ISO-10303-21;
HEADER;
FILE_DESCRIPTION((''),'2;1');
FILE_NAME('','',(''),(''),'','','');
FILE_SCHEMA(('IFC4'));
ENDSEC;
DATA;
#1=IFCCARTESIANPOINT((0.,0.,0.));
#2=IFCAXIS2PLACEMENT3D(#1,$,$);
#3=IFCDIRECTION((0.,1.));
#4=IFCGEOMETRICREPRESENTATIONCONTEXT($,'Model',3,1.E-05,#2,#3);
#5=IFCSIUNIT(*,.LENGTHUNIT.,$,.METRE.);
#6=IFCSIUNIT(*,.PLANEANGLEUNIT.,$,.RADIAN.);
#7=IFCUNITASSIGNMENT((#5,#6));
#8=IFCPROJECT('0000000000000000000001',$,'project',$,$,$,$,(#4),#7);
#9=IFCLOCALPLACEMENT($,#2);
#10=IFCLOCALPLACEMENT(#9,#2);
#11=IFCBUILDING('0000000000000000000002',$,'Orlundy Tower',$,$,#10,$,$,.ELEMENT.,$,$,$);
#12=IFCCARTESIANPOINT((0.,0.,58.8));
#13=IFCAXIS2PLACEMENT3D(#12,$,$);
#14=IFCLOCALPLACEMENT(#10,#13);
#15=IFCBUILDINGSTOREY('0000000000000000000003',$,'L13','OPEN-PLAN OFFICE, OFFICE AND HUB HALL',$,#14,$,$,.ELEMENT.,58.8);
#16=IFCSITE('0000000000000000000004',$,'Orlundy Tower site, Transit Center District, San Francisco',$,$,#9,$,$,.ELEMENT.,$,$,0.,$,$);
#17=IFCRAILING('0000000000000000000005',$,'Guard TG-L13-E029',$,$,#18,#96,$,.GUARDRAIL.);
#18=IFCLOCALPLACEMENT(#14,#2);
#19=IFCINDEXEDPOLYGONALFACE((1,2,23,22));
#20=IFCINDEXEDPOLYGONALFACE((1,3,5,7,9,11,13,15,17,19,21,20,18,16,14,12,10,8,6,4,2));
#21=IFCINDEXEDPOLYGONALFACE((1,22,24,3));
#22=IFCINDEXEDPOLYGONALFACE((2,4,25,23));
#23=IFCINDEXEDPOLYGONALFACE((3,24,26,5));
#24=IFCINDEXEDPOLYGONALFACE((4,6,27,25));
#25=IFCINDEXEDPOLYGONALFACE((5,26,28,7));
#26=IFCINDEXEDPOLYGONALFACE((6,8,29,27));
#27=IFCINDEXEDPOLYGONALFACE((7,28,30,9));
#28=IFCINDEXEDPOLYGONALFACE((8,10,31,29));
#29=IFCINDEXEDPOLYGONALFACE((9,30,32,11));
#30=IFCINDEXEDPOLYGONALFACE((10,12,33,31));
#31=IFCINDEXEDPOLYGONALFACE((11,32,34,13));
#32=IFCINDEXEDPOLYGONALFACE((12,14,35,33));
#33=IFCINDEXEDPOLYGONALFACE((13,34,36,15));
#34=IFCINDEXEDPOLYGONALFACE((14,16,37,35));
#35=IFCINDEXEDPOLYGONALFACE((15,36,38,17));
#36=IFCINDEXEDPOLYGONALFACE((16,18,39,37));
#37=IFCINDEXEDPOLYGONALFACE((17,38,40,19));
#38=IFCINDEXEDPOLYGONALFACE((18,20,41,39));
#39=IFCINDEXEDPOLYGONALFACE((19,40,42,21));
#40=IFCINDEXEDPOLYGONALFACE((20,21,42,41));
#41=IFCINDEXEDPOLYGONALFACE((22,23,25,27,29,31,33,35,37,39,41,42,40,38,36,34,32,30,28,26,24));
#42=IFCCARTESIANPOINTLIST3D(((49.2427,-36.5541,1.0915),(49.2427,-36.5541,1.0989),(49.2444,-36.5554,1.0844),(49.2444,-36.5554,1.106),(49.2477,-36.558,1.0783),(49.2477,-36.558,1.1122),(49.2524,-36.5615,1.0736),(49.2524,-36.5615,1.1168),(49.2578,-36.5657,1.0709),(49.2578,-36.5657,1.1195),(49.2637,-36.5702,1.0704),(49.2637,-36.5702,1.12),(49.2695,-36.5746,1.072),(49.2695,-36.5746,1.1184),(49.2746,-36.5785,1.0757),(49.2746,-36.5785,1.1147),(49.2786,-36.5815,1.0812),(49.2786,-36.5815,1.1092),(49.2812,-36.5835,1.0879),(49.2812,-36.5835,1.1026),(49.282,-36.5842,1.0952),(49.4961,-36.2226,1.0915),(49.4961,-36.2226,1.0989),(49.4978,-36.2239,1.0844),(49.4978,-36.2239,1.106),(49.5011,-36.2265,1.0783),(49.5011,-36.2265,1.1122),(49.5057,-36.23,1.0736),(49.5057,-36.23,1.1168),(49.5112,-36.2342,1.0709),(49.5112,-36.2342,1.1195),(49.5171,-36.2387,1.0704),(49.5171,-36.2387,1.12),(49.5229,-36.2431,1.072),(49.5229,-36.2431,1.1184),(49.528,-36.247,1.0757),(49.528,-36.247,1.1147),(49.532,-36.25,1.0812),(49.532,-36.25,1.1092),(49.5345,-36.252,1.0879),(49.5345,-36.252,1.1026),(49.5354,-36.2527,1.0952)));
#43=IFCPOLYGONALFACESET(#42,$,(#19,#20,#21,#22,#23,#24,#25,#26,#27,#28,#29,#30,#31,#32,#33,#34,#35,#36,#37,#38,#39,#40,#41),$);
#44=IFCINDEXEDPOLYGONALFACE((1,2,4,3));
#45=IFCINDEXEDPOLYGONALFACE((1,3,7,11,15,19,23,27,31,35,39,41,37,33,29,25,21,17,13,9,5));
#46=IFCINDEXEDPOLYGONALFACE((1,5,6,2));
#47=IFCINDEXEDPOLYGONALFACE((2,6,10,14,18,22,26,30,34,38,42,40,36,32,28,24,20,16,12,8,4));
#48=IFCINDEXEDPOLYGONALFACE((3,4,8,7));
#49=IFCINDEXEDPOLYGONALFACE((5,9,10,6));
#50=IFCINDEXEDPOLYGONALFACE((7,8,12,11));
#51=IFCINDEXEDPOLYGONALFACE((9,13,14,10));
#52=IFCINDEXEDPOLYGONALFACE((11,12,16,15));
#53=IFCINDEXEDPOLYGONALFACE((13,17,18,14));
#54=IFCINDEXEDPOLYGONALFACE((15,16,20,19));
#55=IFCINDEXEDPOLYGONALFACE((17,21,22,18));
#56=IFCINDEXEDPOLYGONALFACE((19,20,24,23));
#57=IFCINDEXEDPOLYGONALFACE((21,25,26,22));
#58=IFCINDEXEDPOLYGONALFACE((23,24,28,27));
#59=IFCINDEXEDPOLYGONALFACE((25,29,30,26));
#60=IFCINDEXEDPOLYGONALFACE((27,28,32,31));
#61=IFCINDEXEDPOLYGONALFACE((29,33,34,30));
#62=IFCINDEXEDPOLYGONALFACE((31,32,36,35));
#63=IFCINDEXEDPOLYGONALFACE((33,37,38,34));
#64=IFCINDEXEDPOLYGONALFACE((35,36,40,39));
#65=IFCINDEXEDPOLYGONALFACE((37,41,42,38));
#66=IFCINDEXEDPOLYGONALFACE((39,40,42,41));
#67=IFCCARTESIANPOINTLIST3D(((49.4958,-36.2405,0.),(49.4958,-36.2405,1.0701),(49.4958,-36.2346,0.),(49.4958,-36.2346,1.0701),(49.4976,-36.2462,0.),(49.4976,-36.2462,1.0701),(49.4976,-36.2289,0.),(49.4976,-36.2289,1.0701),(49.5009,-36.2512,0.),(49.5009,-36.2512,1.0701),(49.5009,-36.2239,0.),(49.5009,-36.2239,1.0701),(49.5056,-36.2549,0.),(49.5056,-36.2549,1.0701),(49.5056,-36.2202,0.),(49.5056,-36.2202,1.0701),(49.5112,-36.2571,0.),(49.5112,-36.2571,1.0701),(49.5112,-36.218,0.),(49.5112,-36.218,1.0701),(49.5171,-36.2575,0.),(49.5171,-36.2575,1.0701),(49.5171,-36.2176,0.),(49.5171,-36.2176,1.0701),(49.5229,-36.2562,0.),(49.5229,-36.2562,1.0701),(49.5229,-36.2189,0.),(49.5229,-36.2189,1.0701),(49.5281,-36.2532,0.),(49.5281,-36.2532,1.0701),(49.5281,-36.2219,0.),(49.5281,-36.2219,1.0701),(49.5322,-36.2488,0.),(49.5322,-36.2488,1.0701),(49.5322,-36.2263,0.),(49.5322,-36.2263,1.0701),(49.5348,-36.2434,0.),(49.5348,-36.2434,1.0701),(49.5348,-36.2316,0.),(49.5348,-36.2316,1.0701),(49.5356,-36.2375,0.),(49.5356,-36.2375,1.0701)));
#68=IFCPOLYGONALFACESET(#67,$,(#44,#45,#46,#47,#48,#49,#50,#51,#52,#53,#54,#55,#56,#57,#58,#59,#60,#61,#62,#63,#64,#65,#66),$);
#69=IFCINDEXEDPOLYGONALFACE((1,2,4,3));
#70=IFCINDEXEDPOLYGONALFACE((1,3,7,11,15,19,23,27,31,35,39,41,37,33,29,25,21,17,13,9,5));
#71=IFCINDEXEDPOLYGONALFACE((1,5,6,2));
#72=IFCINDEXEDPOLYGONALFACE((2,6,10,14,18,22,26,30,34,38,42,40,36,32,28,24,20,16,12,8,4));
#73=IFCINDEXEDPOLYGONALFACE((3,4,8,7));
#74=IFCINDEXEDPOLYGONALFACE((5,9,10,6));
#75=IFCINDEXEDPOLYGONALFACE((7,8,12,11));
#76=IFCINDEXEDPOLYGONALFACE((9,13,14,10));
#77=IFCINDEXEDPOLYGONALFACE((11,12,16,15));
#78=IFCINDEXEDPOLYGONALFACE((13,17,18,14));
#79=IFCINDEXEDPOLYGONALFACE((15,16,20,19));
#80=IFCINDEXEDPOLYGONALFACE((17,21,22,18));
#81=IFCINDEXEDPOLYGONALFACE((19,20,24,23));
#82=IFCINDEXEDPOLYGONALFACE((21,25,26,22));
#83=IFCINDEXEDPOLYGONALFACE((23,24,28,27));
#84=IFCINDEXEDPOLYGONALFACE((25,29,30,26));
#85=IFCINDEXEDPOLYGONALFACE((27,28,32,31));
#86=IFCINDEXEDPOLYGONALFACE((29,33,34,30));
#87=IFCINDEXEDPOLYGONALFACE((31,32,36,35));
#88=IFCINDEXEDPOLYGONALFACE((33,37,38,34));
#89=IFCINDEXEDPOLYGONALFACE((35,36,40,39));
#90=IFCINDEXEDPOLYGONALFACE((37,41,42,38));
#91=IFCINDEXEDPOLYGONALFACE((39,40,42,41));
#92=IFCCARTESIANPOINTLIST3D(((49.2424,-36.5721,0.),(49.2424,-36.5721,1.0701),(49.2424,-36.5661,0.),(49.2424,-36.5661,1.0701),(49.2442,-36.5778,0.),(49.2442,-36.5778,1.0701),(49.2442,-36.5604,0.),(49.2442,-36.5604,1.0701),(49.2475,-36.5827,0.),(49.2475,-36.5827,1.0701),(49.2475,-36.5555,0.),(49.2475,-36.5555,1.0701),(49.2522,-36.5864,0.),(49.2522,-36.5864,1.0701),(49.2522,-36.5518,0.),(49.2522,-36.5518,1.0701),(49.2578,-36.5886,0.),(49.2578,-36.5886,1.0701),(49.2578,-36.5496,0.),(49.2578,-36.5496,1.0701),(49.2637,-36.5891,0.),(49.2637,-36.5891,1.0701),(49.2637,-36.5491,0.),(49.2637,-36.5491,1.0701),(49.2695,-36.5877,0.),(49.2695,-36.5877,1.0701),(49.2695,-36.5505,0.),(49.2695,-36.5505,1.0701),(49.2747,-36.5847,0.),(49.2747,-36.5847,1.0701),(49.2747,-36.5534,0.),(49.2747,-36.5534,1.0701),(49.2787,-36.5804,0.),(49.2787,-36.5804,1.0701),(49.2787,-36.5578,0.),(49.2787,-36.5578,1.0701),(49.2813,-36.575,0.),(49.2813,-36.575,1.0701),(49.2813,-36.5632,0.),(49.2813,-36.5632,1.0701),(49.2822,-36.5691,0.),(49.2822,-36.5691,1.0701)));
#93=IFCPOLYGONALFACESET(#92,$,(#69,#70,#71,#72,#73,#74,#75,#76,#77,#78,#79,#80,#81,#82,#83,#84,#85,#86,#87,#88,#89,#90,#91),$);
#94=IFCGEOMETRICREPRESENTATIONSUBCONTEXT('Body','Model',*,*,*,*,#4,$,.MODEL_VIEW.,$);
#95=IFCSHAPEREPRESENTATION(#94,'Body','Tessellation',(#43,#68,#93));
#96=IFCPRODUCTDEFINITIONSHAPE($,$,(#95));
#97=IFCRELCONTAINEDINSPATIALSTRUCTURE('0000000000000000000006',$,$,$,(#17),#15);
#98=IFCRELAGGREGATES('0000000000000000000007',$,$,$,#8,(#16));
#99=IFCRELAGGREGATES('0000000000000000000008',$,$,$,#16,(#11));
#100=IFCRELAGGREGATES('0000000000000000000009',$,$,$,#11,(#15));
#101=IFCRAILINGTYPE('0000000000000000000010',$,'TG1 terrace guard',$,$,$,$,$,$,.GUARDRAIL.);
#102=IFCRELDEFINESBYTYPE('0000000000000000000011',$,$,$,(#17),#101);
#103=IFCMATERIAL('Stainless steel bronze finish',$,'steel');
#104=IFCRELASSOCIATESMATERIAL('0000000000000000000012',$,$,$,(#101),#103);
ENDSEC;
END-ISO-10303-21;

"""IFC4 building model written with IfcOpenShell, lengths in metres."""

from ifc_helpers import new_model, si_unit, direction, frame, origin, origin_2d, place, context, subcontext, project, spatial, circle, extrude, material, type_object, element, save


model = new_model("IFC4")

# Units and contexts
model_context = context("Model", 3, precision=1e-05, world=origin(), true_north=direction((0.0, 1.0)))
body_context = subcontext(model_context, "Body", "Model", "MODEL_VIEW")
ifc_project = project(units=[si_unit("LENGTHUNIT", "METRE"), si_unit("PLANEANGLEUNIT", "RADIAN")], contexts=[model_context])

# Site, building, storey
site_placement = place(None, origin())
site = spatial("IfcSite", under=ifc_project, at=site_placement, Name="Orlundy Tower site, Transit Center District, San Francisco", CompositionType="ELEMENT", RefElevation=0.0)
building_placement = place(site_placement, origin())
building = spatial("IfcBuilding", under=site, at=building_placement, Name="Orlundy Tower", CompositionType="ELEMENT")
storey_placement = place(building_placement, frame((0.0, 0.0, 58.8)))
storey = spatial("IfcBuildingStorey", under=building, at=storey_placement, Name="L13", Description="OPEN-PLAN OFFICE, OFFICE AND HUB HALL", CompositionType="ELEMENT", Elevation=58.8)

# Railing
ifc_material_1 = material(Name="Stainless steel bronze finish", Category="steel")
railing_type = type_object("IfcRailingType", Name="TG1 terrace guard", PredefinedType="GUARDRAIL", material=ifc_material_1)
railing_1_placement = place(storey_placement, frame((49.5156, -36.2375, 0.0)))
element("IfcRailing", 1, at=railing_1_placement, inside=storey, type_object=railing_type, Name="Guard TG-L13-E029", PredefinedType="GUARDRAIL", context=body_context, shape_type="SweptSolid", body=[
    extrude(circle(Radius=0.0249, at=origin_2d()), frame((0.0, 0.0, 1.0952), z_axis=(-0.607276, -0.794491, 0.0), x_axis=(0.794491, -0.607276, 0.0)), (0.0, 0.0, 1.0), 0.4172),
    extrude(circle(Radius=0.02, at=origin_2d()), origin(), (0.0, 0.0, 1.0), 1.0701),
    extrude(circle(Radius=0.02, at=origin_2d()), frame((-0.2534, -0.3315, 0.0)), (0.0, 0.0, 1.0), 1.0701),
])

save(model, "model.ifc")
